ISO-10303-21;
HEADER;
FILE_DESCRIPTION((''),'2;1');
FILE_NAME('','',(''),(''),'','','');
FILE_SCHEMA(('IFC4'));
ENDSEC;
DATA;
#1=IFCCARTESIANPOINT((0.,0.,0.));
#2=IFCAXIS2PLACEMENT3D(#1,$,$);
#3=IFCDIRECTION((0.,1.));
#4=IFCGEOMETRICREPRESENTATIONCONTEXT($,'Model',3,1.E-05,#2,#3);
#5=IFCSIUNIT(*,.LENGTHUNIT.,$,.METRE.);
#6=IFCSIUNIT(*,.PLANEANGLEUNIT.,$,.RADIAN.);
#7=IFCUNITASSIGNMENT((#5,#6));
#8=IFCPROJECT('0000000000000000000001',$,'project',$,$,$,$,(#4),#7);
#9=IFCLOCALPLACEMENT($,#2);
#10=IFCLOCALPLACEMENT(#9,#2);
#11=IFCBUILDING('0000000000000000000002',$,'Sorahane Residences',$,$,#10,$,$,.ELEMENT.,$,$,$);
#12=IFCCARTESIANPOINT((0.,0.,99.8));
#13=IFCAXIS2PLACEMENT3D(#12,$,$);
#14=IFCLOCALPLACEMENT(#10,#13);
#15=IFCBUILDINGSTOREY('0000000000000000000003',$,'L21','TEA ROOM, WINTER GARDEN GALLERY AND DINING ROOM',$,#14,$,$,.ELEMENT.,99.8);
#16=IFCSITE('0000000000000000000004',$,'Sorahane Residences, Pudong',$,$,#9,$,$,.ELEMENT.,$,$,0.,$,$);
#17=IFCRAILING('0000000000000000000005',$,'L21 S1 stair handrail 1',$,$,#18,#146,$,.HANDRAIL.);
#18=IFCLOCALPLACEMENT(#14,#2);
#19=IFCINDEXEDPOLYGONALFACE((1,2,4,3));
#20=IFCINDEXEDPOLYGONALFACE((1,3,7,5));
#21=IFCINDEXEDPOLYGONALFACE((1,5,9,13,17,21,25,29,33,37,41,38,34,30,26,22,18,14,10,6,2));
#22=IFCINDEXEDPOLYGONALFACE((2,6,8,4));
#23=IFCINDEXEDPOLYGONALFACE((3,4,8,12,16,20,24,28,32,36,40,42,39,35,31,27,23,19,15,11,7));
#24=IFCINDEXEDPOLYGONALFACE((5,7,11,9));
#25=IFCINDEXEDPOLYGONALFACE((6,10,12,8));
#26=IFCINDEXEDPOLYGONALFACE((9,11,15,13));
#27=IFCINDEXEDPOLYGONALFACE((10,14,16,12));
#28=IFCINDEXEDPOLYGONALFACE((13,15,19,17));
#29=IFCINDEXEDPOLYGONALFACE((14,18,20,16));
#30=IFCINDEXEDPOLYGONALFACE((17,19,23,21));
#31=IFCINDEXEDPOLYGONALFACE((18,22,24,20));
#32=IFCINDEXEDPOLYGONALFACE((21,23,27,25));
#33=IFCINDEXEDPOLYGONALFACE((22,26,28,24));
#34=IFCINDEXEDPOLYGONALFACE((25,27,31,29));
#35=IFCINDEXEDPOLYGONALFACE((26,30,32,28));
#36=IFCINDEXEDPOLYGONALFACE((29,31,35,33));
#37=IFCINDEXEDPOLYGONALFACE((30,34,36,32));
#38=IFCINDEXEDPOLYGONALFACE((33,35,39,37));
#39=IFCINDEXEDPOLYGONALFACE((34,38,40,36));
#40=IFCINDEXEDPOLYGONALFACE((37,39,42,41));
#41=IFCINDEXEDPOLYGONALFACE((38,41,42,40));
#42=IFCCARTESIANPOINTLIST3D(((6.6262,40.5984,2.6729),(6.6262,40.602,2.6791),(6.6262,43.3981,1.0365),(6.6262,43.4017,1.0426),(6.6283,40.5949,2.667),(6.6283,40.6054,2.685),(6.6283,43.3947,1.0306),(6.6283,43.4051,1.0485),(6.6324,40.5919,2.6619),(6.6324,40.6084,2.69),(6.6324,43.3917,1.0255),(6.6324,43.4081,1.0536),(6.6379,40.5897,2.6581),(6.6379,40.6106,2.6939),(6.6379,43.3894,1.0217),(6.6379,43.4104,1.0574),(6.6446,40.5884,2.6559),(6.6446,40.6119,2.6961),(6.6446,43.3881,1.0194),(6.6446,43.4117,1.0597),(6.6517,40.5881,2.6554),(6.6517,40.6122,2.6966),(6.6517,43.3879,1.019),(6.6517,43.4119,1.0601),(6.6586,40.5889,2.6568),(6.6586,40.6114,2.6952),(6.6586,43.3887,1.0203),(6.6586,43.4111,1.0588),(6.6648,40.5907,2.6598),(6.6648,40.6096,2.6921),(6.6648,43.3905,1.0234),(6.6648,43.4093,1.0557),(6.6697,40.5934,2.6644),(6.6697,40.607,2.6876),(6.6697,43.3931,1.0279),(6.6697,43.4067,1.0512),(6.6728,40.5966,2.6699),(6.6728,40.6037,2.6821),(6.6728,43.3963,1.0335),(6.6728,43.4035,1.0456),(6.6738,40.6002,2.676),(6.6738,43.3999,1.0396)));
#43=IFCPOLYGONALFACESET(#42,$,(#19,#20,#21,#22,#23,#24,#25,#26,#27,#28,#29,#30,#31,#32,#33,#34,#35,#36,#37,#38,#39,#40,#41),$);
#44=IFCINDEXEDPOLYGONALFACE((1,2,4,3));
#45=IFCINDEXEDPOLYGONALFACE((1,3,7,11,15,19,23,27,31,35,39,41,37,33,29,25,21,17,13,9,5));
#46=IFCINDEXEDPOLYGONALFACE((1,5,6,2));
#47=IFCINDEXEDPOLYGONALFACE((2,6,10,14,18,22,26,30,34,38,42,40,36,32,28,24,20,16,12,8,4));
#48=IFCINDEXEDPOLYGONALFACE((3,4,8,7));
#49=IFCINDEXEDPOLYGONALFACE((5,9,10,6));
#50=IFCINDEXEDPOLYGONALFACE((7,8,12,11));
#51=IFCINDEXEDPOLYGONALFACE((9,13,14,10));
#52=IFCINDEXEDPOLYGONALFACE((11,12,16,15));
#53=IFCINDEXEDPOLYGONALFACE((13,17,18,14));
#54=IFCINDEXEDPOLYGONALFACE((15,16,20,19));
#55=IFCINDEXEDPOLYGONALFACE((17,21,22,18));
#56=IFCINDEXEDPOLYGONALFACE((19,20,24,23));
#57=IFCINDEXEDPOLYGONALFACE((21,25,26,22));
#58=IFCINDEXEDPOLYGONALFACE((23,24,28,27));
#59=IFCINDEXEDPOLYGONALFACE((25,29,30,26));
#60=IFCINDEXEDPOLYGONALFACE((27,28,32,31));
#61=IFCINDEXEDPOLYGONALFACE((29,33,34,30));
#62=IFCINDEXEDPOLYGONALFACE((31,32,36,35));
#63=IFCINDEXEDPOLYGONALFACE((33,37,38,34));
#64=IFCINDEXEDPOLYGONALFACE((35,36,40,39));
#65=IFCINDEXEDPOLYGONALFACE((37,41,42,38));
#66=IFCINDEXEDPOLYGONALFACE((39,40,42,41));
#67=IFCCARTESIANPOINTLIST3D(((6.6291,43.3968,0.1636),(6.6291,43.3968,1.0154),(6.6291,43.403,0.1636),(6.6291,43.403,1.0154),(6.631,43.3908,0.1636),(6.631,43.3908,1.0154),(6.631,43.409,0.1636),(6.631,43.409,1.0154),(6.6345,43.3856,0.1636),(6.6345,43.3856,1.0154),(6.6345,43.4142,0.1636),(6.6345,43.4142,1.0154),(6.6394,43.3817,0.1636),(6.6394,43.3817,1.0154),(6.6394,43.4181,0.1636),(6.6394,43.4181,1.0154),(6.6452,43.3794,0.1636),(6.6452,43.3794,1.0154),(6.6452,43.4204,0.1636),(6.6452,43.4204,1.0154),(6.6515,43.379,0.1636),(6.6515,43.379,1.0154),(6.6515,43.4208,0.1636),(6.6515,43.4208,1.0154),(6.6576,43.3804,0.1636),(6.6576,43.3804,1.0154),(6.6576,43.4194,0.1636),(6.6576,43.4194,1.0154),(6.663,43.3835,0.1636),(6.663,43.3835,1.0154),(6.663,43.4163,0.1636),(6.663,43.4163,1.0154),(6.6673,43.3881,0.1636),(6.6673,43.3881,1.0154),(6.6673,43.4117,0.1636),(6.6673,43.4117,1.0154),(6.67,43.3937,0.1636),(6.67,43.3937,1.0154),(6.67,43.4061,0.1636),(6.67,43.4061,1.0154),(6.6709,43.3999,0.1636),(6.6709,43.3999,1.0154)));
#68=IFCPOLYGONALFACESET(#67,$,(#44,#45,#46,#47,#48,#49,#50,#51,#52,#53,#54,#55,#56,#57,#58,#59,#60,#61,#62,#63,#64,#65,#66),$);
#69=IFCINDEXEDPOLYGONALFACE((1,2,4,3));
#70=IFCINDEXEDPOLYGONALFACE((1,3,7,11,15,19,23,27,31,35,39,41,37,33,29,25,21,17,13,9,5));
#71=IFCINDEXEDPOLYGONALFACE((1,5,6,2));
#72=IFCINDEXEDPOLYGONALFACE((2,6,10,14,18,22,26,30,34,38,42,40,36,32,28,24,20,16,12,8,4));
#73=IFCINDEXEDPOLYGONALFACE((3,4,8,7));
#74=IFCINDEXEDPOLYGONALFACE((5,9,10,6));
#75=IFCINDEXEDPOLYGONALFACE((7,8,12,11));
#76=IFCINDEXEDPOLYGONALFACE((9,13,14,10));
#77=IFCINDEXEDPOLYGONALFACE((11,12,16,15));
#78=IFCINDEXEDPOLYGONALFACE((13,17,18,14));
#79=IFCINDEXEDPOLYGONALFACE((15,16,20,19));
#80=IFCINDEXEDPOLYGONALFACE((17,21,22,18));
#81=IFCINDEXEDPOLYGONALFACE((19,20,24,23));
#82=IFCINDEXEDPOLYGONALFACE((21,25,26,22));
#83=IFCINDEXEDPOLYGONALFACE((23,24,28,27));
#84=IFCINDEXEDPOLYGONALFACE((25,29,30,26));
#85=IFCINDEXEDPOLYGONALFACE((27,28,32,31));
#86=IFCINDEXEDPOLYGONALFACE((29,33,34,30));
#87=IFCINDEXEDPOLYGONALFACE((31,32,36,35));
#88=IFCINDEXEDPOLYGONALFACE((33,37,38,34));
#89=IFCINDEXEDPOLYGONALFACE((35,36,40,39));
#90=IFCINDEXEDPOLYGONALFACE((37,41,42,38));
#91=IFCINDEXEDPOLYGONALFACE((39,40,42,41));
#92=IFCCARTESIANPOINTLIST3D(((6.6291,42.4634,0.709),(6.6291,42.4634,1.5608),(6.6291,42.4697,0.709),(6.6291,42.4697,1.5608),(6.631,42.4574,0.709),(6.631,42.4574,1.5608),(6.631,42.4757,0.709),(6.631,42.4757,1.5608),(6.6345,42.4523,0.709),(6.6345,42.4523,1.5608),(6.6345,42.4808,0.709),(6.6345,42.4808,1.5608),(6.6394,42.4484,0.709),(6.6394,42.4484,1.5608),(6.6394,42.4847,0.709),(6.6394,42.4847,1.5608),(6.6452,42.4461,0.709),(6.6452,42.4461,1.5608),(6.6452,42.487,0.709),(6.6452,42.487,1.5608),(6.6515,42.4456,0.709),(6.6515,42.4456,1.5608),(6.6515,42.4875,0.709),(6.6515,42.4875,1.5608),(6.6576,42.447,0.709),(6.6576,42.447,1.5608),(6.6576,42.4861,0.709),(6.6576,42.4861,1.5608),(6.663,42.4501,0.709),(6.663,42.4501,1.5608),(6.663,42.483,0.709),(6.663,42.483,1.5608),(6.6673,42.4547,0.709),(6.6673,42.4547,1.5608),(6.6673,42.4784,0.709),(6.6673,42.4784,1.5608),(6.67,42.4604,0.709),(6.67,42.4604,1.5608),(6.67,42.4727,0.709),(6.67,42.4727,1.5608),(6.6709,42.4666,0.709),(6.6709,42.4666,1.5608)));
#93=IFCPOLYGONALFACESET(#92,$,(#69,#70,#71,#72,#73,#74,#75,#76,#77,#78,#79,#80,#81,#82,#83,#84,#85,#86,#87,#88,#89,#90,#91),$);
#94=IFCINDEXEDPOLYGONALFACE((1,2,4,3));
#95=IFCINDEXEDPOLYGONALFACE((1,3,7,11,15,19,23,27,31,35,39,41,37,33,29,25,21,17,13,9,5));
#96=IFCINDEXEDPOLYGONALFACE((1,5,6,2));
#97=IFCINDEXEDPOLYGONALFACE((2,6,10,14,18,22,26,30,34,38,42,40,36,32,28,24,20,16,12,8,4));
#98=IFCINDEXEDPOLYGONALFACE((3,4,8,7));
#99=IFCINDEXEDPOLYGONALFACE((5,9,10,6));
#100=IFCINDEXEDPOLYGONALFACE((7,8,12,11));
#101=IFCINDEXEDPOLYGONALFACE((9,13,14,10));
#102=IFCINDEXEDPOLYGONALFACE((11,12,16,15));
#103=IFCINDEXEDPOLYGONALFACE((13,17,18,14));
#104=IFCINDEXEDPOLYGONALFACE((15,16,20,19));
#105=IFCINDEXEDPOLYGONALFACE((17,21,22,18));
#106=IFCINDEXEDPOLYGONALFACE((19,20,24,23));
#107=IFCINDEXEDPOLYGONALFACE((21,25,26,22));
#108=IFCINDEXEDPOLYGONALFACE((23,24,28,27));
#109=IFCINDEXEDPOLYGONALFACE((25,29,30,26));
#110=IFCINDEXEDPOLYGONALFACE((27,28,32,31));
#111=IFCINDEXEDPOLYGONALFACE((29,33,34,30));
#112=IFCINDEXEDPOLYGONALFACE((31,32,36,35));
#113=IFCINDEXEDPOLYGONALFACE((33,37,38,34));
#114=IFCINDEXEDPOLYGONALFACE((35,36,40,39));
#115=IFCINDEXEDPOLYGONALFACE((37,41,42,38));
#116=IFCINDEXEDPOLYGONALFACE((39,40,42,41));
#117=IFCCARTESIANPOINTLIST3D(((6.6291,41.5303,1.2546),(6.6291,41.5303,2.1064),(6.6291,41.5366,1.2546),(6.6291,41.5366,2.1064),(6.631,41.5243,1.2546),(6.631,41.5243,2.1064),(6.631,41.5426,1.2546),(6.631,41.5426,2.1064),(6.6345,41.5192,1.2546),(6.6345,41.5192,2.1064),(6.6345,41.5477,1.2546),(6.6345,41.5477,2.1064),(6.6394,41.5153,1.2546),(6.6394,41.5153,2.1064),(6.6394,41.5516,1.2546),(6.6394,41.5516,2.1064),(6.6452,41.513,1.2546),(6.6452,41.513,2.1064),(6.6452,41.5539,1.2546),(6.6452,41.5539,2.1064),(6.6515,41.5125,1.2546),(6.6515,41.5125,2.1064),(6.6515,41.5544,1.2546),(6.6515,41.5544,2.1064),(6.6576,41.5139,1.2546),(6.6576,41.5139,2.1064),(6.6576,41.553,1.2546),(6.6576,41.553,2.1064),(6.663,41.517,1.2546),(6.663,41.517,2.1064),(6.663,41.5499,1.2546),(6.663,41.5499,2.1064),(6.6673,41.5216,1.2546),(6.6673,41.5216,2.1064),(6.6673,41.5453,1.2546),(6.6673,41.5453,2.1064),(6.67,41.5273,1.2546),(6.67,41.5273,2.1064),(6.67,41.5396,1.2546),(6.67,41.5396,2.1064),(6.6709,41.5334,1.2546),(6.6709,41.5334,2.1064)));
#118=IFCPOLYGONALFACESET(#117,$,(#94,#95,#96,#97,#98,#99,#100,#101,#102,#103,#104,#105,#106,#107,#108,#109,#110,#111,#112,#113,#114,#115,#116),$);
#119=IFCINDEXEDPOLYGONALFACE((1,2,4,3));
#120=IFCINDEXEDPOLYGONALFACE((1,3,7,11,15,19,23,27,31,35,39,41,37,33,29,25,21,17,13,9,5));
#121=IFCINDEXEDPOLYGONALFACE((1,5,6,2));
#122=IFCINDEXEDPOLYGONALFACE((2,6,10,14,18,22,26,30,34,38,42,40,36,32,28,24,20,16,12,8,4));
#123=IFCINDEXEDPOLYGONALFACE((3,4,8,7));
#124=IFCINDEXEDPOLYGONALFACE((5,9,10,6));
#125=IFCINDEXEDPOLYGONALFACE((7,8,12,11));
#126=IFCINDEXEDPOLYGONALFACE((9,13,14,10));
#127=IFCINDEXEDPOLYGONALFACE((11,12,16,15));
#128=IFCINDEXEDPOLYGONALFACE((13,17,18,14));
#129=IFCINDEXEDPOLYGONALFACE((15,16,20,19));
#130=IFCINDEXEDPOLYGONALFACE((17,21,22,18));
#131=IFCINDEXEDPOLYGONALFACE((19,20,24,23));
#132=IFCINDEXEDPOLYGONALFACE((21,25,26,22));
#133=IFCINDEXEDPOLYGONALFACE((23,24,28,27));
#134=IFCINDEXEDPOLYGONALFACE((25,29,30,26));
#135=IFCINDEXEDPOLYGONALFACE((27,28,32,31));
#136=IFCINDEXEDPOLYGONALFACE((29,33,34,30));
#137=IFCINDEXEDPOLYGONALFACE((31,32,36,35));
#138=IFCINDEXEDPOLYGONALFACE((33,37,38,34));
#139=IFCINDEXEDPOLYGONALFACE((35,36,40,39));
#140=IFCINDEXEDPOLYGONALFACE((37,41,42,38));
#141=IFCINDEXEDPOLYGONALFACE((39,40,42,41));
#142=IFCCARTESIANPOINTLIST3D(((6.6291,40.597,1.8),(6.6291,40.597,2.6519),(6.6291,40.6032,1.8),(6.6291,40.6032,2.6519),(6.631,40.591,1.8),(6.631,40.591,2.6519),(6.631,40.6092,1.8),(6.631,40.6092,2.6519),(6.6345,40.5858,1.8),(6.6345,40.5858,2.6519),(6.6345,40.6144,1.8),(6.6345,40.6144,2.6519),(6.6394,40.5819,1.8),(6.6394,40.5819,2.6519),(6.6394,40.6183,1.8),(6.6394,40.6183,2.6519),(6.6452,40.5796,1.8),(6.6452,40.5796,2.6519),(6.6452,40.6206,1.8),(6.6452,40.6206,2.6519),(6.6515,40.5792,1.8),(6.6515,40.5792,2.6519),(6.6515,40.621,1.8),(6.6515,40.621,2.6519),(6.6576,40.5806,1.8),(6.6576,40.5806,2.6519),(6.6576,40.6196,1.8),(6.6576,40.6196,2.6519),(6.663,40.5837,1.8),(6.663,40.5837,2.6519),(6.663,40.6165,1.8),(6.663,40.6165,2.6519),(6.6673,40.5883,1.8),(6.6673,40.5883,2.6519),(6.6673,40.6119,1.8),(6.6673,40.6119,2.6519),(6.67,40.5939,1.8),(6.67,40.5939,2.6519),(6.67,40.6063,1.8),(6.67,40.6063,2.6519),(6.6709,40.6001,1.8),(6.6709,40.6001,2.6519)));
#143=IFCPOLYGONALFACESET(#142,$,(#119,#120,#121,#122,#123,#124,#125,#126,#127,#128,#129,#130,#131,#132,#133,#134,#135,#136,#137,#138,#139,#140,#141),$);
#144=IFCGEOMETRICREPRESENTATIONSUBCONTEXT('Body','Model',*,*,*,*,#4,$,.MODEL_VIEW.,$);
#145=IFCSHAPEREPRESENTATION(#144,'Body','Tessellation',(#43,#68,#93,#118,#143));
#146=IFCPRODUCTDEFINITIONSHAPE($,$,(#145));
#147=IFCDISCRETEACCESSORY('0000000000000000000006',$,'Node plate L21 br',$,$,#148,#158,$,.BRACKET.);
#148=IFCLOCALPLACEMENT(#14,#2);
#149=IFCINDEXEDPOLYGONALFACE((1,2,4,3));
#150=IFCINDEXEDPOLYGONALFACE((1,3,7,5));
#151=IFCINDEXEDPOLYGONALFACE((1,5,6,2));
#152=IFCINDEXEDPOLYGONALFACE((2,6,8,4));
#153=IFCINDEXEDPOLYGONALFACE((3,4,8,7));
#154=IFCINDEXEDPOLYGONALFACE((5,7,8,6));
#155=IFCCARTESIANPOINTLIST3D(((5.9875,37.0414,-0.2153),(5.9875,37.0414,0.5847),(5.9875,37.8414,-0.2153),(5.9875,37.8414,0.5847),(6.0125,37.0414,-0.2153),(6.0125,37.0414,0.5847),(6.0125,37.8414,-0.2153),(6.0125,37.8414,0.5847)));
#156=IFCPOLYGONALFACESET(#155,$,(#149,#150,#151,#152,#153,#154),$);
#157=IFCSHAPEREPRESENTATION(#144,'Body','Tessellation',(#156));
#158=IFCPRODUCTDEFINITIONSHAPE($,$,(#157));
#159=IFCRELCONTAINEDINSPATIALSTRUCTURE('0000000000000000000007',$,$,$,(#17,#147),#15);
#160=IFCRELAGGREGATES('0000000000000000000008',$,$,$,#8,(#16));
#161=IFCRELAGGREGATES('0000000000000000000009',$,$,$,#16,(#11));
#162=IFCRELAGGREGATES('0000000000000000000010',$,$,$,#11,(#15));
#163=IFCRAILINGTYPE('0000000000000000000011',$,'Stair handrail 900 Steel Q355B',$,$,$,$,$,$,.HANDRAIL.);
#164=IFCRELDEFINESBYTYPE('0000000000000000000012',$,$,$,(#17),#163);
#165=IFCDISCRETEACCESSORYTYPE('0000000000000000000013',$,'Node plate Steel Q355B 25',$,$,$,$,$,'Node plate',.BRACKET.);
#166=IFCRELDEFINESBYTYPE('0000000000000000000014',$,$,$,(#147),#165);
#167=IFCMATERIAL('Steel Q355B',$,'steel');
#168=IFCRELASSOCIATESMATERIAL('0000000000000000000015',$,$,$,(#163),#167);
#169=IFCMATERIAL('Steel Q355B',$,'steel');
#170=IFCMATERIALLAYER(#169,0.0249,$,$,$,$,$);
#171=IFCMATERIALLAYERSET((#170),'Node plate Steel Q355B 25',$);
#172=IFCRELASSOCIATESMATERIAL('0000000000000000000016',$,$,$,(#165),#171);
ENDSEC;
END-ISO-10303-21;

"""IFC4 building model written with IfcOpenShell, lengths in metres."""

from ifc_helpers import new_model, si_unit, direction, frame, origin, origin_2d, place, context, subcontext, project, spatial, rectangle, circle, extrude, material, layer, layer_set, type_object, element, save


model = new_model("IFC4")

# Units and contexts
model_context = context("Model", 3, precision=1e-05, world=origin(), true_north=direction((0.0, 1.0)))
body_context = subcontext(model_context, "Body", "Model", "MODEL_VIEW")
ifc_project = project(units=[si_unit("LENGTHUNIT", "METRE"), si_unit("PLANEANGLEUNIT", "RADIAN")], contexts=[model_context])

# Site, building, storey
site_placement = place(None, origin())
site = spatial("IfcSite", under=ifc_project, at=site_placement, Name="Sorahane Residences, Pudong", CompositionType="ELEMENT", RefElevation=0.0)
building_placement = place(site_placement, origin())
building = spatial("IfcBuilding", under=site, at=building_placement, Name="Sorahane Residences", CompositionType="ELEMENT")
storey_placement = place(building_placement, frame((0.0, 0.0, 99.8)))
storey = spatial("IfcBuildingStorey", under=building, at=storey_placement, Name="L21", Description="TEA ROOM, WINTER GARDEN GALLERY AND DINING ROOM", CompositionType="ELEMENT", Elevation=99.8)

# Railing
ifc_material_1 = material(Name="Steel Q355B", Category="steel")
railing_type = type_object("IfcRailingType", Name="Stair handrail 900 Steel Q355B", PredefinedType="HANDRAIL", material=ifc_material_1)
railing_placement = place(storey_placement, frame((6.6499, 43.3999, 0.1636)))
element("IfcRailing", 1, at=railing_placement, inside=storey, type_object=railing_type, Name="L21 S1 stair handrail 1", PredefinedType="HANDRAIL", context=body_context, shape_type="SweptSolid", body=[
    extrude(circle(Radius=0.0239, at=origin_2d()), frame((0.0, 0.0, 0.876), z_axis=(0.0, -0.863342, 0.50462), x_axis=(1.0, 0.0, 0.0)), (0.0, 0.0, 1.0), 3.2429),
    extrude(circle(Radius=0.021, at=origin_2d()), origin(), (0.0, 0.0, 1.0), 0.8518),
    extrude(circle(Radius=0.021, at=origin_2d()), frame((0.0, -0.9333, 0.5454)), (0.0, 0.0, 1.0), 0.8518),
    extrude(circle(Radius=0.021, at=origin_2d()), frame((0.0, -1.8665, 1.0911)), (0.0, 0.0, 1.0), 0.8518),
    extrude(circle(Radius=0.021, at=origin_2d()), frame((0.0, -2.7998, 1.6365)), (0.0, 0.0, 1.0), 0.8518),
])

# Discrete accessory
ifc_material_2 = material(Name="Steel Q355B", Category="steel")
ifc_layer_1 = layer(ifc_material_2, 0.0249)
ifc_layer_set_1 = layer_set([ifc_layer_1], Name="Node plate Steel Q355B 25")
discrete_accessory_type = type_object("IfcDiscreteAccessoryType", Name="Node plate Steel Q355B 25", ElementType="Node plate", PredefinedType="BRACKET", material=ifc_layer_set_1)
discrete_accessory_placement = place(storey_placement, frame((6.0, 37.4414, -0.2153), z_axis=(0.0, 0.0, 1.0), x_axis=(0.0, 1.0, 0.0)))
element("IfcDiscreteAccessory", 2, at=discrete_accessory_placement, inside=storey, type_object=discrete_accessory_type, Name="Node plate L21 br", PredefinedType="BRACKET", context=body_context, shape_type="SweptSolid", body=[
    extrude(rectangle(XDim=0.8, YDim=0.0249, at=origin_2d()), origin(), (0.0, 0.0, 1.0), 0.8),
])

save(model, "model.ifc")
